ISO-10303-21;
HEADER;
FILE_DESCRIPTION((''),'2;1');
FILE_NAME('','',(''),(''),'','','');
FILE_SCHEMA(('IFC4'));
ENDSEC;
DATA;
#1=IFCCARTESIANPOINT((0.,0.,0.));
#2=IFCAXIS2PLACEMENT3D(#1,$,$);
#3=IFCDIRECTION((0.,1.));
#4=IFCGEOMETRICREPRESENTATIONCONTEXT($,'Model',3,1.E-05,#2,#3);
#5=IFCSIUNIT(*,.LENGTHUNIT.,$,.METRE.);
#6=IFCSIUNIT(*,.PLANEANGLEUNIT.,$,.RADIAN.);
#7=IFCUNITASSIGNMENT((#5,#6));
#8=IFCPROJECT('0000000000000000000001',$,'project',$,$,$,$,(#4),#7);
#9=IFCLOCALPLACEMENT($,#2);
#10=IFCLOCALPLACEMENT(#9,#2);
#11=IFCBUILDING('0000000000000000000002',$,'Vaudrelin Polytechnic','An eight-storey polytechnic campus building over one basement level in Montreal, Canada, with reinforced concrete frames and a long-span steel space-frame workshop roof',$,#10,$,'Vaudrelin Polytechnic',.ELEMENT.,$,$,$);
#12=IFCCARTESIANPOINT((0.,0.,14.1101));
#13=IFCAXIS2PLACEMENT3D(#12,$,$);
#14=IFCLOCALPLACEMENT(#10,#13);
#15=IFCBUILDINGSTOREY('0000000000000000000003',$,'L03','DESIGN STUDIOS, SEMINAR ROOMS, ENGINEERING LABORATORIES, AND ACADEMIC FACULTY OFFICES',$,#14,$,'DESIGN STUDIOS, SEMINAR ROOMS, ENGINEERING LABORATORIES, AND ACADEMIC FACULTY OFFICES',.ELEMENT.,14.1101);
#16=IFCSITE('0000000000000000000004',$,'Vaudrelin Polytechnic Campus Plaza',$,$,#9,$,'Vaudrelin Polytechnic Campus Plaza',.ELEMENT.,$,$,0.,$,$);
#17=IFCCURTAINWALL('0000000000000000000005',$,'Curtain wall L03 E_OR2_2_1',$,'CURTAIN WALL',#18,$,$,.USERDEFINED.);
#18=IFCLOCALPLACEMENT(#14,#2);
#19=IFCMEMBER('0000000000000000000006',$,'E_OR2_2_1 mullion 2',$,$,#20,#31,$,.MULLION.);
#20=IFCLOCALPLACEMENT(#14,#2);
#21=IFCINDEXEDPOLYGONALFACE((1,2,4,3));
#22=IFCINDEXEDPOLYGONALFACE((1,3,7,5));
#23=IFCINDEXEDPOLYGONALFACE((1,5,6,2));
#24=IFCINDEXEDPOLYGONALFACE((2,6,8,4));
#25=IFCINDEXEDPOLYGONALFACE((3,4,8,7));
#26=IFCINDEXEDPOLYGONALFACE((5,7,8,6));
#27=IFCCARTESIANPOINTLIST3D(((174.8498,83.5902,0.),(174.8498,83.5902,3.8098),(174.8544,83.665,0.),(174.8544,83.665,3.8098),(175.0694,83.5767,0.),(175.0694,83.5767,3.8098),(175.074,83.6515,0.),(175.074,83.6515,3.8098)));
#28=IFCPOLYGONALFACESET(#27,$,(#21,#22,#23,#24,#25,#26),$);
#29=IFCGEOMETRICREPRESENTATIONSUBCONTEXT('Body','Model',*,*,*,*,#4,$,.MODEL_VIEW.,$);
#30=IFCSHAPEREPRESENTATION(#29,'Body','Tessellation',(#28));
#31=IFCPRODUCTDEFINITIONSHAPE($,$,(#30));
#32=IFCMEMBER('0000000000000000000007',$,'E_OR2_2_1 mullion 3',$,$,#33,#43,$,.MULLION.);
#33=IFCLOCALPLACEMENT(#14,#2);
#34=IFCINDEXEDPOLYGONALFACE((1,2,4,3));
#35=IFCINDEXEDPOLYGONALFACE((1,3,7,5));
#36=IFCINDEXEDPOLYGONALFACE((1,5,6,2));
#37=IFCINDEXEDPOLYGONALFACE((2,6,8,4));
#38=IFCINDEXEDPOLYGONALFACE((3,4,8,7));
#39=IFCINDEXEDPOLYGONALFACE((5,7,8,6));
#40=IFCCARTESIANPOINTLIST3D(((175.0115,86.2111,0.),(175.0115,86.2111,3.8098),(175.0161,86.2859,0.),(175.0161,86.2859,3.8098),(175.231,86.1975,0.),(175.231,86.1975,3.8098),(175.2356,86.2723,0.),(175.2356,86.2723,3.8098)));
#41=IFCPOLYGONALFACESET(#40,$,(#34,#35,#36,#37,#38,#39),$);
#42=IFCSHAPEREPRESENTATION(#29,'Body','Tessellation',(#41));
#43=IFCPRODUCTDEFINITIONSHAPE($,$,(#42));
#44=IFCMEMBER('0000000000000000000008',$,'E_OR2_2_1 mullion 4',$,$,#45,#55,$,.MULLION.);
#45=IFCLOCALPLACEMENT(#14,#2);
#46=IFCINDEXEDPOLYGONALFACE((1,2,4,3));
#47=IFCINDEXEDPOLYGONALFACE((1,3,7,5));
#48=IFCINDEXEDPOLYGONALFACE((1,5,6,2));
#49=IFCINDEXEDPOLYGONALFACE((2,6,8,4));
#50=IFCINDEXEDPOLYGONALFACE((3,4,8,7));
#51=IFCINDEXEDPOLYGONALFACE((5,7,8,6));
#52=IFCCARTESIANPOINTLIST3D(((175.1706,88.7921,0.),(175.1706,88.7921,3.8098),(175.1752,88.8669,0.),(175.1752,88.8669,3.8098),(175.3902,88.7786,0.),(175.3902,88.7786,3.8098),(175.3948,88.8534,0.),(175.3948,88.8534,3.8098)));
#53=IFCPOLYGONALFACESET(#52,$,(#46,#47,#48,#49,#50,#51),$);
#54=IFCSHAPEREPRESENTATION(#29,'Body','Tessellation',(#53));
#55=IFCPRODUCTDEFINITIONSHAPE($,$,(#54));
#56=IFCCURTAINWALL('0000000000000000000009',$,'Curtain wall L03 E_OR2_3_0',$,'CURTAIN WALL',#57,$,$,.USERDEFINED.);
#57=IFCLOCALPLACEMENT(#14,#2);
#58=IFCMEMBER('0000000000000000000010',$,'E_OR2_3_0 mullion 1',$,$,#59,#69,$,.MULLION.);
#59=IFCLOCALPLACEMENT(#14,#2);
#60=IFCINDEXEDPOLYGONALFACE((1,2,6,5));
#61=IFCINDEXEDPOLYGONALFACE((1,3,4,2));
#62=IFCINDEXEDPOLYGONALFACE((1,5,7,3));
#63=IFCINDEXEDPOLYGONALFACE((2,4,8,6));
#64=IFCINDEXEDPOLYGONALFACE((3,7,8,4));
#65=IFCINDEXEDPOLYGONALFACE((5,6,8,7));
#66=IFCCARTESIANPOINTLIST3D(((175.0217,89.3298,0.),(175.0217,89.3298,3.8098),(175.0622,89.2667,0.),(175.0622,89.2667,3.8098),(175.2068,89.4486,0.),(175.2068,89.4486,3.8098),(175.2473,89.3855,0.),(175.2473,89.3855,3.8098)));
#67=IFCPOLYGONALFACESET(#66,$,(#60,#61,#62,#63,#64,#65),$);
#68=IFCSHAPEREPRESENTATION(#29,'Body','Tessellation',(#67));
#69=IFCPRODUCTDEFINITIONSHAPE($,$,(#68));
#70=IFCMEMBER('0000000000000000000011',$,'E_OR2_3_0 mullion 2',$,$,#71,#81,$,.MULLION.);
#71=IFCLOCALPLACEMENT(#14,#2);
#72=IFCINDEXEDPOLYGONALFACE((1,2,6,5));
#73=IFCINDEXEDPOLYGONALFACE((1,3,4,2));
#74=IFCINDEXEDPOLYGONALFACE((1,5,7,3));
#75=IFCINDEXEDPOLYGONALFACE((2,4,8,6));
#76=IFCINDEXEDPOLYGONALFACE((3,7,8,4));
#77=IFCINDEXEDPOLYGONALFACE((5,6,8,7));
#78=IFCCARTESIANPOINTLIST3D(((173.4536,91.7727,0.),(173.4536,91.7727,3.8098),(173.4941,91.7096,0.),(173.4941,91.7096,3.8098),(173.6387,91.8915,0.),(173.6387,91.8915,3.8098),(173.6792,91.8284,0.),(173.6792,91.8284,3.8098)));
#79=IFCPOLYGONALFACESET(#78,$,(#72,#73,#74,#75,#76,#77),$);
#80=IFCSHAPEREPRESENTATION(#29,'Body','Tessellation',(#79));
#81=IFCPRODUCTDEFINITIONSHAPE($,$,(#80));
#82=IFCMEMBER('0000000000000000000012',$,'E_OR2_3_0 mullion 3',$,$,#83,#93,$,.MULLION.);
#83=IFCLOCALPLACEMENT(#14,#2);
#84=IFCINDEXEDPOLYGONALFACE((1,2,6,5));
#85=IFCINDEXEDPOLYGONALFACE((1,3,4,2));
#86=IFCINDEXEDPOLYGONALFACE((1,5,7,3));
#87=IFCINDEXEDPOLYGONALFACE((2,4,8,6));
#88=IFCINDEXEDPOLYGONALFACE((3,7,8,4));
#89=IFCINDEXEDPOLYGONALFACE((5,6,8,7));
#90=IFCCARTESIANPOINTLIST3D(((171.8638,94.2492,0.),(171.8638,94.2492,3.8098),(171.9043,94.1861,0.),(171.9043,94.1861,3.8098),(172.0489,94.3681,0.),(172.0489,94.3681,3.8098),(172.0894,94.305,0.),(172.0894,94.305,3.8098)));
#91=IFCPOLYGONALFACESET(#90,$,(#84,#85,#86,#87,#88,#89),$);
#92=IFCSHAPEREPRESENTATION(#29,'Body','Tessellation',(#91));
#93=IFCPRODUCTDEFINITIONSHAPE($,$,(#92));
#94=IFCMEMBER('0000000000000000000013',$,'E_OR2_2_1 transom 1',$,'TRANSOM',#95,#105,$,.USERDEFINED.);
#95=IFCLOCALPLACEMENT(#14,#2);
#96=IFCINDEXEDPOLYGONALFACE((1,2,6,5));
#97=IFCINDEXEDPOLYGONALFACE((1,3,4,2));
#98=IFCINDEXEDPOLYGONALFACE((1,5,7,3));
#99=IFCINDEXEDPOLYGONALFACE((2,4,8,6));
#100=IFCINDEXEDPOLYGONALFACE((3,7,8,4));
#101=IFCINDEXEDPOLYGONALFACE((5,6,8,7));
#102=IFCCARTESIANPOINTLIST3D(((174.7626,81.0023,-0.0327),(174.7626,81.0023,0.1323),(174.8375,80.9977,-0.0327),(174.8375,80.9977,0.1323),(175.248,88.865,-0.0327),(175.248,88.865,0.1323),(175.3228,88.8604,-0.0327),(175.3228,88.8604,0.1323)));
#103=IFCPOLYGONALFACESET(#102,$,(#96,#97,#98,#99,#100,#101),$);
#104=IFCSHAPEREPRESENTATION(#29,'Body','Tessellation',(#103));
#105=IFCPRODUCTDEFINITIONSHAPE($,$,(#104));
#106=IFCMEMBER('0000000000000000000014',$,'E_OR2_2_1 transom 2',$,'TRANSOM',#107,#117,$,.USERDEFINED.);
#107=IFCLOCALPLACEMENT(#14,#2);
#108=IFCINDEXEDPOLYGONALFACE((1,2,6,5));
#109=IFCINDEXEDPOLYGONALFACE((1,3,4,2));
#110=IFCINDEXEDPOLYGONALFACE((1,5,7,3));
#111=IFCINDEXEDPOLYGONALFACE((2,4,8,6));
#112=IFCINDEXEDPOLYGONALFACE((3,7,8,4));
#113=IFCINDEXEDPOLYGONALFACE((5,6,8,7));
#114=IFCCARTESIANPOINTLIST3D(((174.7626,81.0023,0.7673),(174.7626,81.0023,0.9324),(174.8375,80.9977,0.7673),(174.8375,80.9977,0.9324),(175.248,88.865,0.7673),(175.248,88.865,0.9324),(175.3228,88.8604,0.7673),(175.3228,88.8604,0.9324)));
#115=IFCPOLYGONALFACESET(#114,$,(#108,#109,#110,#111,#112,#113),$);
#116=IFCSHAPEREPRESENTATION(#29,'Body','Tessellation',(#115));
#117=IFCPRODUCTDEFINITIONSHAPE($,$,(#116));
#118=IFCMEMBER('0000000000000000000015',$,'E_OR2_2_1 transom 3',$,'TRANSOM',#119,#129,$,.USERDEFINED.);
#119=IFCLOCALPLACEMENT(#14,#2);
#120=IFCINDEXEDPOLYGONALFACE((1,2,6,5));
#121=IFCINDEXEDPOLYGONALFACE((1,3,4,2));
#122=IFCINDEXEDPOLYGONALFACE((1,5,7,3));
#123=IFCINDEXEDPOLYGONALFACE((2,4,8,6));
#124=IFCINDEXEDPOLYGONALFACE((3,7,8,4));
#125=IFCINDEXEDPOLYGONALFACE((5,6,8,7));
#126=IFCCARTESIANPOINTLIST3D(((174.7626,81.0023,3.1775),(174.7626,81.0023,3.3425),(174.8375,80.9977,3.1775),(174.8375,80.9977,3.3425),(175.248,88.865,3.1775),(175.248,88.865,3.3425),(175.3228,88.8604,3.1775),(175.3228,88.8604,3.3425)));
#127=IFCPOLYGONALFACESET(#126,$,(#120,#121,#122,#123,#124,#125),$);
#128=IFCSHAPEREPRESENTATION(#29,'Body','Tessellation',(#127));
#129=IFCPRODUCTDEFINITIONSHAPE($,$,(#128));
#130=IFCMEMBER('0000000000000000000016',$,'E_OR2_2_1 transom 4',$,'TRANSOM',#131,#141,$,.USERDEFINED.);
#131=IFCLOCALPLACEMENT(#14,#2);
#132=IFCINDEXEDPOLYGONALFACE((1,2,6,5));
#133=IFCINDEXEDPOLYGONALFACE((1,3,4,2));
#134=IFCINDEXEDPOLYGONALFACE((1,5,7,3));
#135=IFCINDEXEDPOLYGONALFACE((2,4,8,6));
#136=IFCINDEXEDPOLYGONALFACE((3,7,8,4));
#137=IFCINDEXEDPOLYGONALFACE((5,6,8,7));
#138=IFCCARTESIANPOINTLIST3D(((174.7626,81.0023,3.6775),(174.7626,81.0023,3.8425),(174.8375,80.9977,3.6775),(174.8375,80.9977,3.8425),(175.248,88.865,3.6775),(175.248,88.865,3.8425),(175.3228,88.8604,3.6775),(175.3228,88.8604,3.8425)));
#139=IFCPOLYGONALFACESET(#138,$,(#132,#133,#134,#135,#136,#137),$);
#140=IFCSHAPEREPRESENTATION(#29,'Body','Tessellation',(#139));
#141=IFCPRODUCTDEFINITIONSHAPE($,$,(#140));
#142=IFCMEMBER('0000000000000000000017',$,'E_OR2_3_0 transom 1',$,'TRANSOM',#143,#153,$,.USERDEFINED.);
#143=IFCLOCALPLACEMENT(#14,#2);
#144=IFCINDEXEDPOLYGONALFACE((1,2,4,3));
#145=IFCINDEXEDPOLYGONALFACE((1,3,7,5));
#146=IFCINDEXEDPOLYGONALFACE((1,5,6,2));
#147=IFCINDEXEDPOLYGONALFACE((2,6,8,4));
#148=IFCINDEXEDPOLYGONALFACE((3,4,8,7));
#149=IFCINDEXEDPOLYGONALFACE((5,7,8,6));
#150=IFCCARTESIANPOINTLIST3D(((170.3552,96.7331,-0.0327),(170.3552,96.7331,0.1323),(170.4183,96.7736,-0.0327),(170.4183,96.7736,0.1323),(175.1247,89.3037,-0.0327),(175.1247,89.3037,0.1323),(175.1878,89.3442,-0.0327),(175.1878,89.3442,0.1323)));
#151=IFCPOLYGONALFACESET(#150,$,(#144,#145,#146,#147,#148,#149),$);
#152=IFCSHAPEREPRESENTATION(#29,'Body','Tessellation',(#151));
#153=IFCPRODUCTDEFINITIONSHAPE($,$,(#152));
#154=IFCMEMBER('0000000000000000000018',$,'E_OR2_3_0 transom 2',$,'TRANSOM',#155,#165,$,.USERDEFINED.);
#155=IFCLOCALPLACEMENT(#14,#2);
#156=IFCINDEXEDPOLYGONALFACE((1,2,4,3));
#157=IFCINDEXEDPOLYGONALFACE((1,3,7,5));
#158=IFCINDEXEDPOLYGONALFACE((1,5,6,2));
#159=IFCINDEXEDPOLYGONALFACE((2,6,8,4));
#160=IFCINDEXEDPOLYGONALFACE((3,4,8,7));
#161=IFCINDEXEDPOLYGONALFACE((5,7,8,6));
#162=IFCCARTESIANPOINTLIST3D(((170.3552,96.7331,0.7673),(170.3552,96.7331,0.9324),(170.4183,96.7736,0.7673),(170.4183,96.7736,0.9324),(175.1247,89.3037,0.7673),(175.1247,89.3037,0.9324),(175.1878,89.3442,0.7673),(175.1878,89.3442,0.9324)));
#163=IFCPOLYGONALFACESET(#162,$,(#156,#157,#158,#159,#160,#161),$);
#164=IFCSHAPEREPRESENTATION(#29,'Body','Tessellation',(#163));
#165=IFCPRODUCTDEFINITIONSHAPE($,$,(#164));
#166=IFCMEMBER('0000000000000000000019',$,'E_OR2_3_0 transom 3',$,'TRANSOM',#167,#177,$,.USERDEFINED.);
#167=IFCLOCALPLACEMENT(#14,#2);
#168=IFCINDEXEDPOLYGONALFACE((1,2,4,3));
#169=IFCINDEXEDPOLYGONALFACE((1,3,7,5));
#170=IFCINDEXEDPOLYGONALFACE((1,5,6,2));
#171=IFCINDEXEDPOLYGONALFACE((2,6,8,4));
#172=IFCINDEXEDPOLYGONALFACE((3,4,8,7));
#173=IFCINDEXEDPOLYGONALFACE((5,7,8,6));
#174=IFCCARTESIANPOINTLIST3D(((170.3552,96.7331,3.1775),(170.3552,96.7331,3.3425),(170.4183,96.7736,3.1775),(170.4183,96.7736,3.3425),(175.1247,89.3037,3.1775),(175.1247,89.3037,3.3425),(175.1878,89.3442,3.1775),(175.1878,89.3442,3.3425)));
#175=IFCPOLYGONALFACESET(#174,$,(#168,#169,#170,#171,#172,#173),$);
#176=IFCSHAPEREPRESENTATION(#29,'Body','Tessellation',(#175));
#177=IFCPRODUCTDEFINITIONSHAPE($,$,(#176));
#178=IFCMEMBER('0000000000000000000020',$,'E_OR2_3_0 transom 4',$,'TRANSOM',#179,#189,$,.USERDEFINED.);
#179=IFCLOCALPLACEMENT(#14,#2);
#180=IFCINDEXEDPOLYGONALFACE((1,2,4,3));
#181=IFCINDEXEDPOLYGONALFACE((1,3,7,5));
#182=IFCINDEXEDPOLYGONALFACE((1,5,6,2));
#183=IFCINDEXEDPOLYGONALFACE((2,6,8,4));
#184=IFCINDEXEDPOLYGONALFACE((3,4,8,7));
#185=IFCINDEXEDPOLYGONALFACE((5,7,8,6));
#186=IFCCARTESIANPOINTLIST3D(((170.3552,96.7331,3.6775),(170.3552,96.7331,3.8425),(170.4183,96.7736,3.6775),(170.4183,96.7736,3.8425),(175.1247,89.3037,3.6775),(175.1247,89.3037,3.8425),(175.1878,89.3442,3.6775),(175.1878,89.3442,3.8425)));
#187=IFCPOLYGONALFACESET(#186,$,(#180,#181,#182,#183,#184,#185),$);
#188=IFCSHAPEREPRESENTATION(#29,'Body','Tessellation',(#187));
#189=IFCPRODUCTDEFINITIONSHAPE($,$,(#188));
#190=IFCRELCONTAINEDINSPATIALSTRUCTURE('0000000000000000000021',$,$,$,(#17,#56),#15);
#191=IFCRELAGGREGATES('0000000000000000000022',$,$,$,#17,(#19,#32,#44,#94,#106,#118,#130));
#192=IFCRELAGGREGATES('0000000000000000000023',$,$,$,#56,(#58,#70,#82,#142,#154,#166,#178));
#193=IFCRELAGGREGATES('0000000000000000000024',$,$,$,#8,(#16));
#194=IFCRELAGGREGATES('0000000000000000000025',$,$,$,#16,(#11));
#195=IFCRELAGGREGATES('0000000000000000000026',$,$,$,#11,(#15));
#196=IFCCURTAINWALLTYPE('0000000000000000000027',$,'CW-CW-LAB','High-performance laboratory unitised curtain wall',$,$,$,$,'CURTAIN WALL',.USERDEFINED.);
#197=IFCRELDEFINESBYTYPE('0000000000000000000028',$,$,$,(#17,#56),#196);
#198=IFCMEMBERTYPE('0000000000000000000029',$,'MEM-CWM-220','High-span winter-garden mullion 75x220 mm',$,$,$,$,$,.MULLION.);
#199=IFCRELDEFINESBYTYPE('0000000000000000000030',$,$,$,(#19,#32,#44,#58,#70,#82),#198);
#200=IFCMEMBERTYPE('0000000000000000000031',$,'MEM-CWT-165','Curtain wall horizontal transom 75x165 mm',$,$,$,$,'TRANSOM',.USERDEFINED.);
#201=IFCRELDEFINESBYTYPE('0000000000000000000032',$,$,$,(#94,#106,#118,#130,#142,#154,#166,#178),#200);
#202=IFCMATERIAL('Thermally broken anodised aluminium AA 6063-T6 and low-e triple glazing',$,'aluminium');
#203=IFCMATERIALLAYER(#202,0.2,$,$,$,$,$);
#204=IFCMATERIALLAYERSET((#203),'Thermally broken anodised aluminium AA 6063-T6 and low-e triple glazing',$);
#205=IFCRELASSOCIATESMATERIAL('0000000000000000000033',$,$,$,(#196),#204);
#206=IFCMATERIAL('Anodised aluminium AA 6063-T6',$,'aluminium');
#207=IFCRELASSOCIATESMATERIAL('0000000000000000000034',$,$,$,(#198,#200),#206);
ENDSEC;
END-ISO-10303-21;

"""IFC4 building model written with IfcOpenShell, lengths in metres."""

from ifc_helpers import new_model, si_unit, direction, frame, origin, origin_2d, place, context, subcontext, project, spatial, rectangle, extrude, material, layer, layer_set, material_profile, profile_set, type_object, element, aggregate, save


model = new_model("IFC4")

# Units and contexts
model_context = context("Model", 3, precision=1e-05, world=origin(), true_north=direction((0.0, 1.0)))
body_context = subcontext(model_context, "Body", "Model", "MODEL_VIEW")
ifc_project = project(units=[si_unit("LENGTHUNIT", "METRE"), si_unit("PLANEANGLEUNIT", "RADIAN")], contexts=[model_context])

# Site, building, storey
site_placement = place(None, origin())
site = spatial("IfcSite", under=ifc_project, at=site_placement, Name="Vaudrelin Polytechnic Campus Plaza", LongName="Vaudrelin Polytechnic Campus Plaza", CompositionType="ELEMENT", RefElevation=0.0)
building_placement = place(site_placement, origin())
building = spatial("IfcBuilding", under=site, at=building_placement, Name="Vaudrelin Polytechnic", Description="An eight-storey polytechnic campus building over one basement level in Montreal, Canada, with reinforced concrete frames and a long-span steel space-frame workshop roof", LongName="Vaudrelin Polytechnic", CompositionType="ELEMENT")
storey_placement = place(building_placement, frame((0.0, 0.0, 14.1101)))
storey = spatial("IfcBuildingStorey", under=building, at=storey_placement, Name="L03", Description="DESIGN STUDIOS, SEMINAR ROOMS, ENGINEERING LABORATORIES, AND ACADEMIC FACULTY OFFICES", LongName="DESIGN STUDIOS, SEMINAR ROOMS, ENGINEERING LABORATORIES, AND ACADEMIC FACULTY OFFICES", CompositionType="ELEMENT", Elevation=14.1101)

# Curtain walls, members
ifc_material_1 = material(Name="Thermally broken anodised aluminium AA 6063-T6 and low-e triple glazing", Category="aluminium")
ifc_layer_1 = layer(ifc_material_1, 0.2)
ifc_layer_set_1 = layer_set([ifc_layer_1], Name="Thermally broken anodised aluminium AA 6063-T6 and low-e triple glazing")
curtain_wall_type = type_object("IfcCurtainWallType", Name="CW-CW-LAB", Description="High-performance laboratory unitised curtain wall", ElementType="CURTAIN WALL", PredefinedType="USERDEFINED", material=ifc_layer_set_1)
ifc_material_2 = material(Name="Anodised aluminium AA 6063-T6", Category="aluminium")
ifc_material_profile_1 = material_profile(ifc_material_2, rectangle(XDim=0.075, YDim=0.22, at=origin_2d()), Name="CWM-75x220")
ifc_profile_set_1 = profile_set([ifc_material_profile_1], Name="Anodised aluminium AA 6063-T6")
member_type_1 = type_object("IfcMemberType", Name="MEM-CWM-220", Description="High-span winter-garden mullion 75x220 mm", PredefinedType="MULLION", material=ifc_profile_set_1)
curtain_wall_1_placement = place(storey_placement, origin())
curtain_wall_1 = element("IfcCurtainWall", 1, at=curtain_wall_1_placement, inside=storey, type_object=curtain_wall_type, Name="Curtain wall L03 E_OR2_2_1", ObjectType="CURTAIN WALL", PredefinedType="USERDEFINED")
member_1_placement = place(storey_placement, frame((174.9619, 83.6208, 0.0), z_axis=(0.0, 0.0, 1.0), x_axis=(0.061605, 0.998101, 0.0)))
member_1 = element("IfcMember", 2, at=member_1_placement, type_object=member_type_1, Name="E_OR2_2_1 mullion 2", PredefinedType="MULLION", context=body_context, shape_type="SweptSolid", body=[
    extrude(rectangle(XDim=0.075, YDim=0.22, at=origin_2d()), origin(), (0.0, 0.0, 1.0), 3.8098),
])
member_2_placement = place(storey_placement, frame((175.1235, 86.2417, 0.0), z_axis=(0.0, 0.0, 1.0), x_axis=(0.061605, 0.998101, 0.0)))
member_2 = element("IfcMember", 3, at=member_2_placement, type_object=member_type_1, Name="E_OR2_2_1 mullion 3", PredefinedType="MULLION", context=body_context, shape_type="SweptSolid", body=[
    extrude(rectangle(XDim=0.075, YDim=0.22, at=origin_2d()), origin(), (0.0, 0.0, 1.0), 3.8098),
])
member_3_placement = place(storey_placement, frame((175.2827, 88.8228, 0.0), z_axis=(0.0, 0.0, 1.0), x_axis=(0.061605, 0.998101, 0.0)))
member_3 = element("IfcMember", 4, at=member_3_placement, type_object=member_type_1, Name="E_OR2_2_1 mullion 4", PredefinedType="MULLION", context=body_context, shape_type="SweptSolid", body=[
    extrude(rectangle(XDim=0.075, YDim=0.22, at=origin_2d()), origin(), (0.0, 0.0, 1.0), 3.8098),
])
curtain_wall_2_placement = place(storey_placement, origin())
curtain_wall_2 = element("IfcCurtainWall", 5, at=curtain_wall_2_placement, inside=storey, type_object=curtain_wall_type, Name="Curtain wall L03 E_OR2_3_0", ObjectType="CURTAIN WALL", PredefinedType="USERDEFINED")
member_4_placement = place(storey_placement, frame((175.1345, 89.3577, 0.0), z_axis=(0.0, 0.0, 1.0), x_axis=(-0.540228, 0.841519, 0.0)))
member_4 = element("IfcMember", 6, at=member_4_placement, type_object=member_type_1, Name="E_OR2_3_0 mullion 1", PredefinedType="MULLION", context=body_context, shape_type="SweptSolid", body=[
    extrude(rectangle(XDim=0.075, YDim=0.22, at=origin_2d()), origin(), (0.0, 0.0, 1.0), 3.8098),
])
member_5_placement = place(storey_placement, frame((173.5664, 91.8005, 0.0), z_axis=(0.0, 0.0, 1.0), x_axis=(-0.540228, 0.841519, 0.0)))
member_5 = element("IfcMember", 7, at=member_5_placement, type_object=member_type_1, Name="E_OR2_3_0 mullion 2", PredefinedType="MULLION", context=body_context, shape_type="SweptSolid", body=[
    extrude(rectangle(XDim=0.075, YDim=0.22, at=origin_2d()), origin(), (0.0, 0.0, 1.0), 3.8098),
])
member_6_placement = place(storey_placement, frame((171.9766, 94.2771, 0.0), z_axis=(0.0, 0.0, 1.0), x_axis=(-0.540228, 0.841519, 0.0)))
member_6 = element("IfcMember", 8, at=member_6_placement, type_object=member_type_1, Name="E_OR2_3_0 mullion 3", PredefinedType="MULLION", context=body_context, shape_type="SweptSolid", body=[
    extrude(rectangle(XDim=0.075, YDim=0.22, at=origin_2d()), origin(), (0.0, 0.0, 1.0), 3.8098),
])

# Members
ifc_material_profile_2 = material_profile(ifc_material_2, rectangle(XDim=0.075, YDim=0.165, at=origin_2d()), Name="CWT-75x165")
ifc_profile_set_2 = profile_set([ifc_material_profile_2], Name="Anodised aluminium AA 6063-T6")
member_type_2 = type_object("IfcMemberType", Name="MEM-CWT-165", Description="Curtain wall horizontal transom 75x165 mm", ElementType="TRANSOM", PredefinedType="USERDEFINED", material=ifc_profile_set_2)
member_7_placement = place(storey_placement, frame((174.8, 81.0, 0.0498), z_axis=(0.06161, 0.9981, 0.0), x_axis=(-0.9981, 0.06161, 0.0)))
member_7 = element("IfcMember", 9, at=member_7_placement, type_object=member_type_2, Name="E_OR2_2_1 transom 1", ObjectType="TRANSOM", PredefinedType="USERDEFINED", context=body_context, shape_type="SweptSolid", body=[
    extrude(rectangle(XDim=0.075, YDim=0.165, at=origin_2d()), origin(), (0.0, 0.0, 1.0), 7.8777),
])
member_8_placement = place(storey_placement, frame((174.8, 81.0, 0.8499), z_axis=(0.06161, 0.9981, 0.0), x_axis=(-0.9981, 0.06161, 0.0)))
member_8 = element("IfcMember", 10, at=member_8_placement, type_object=member_type_2, Name="E_OR2_2_1 transom 2", ObjectType="TRANSOM", PredefinedType="USERDEFINED", context=body_context, shape_type="SweptSolid", body=[
    extrude(rectangle(XDim=0.075, YDim=0.165, at=origin_2d()), origin(), (0.0, 0.0, 1.0), 7.8777),
])
member_9_placement = place(storey_placement, frame((174.8, 81.0, 3.26), z_axis=(0.06161, 0.9981, 0.0), x_axis=(-0.9981, 0.06161, 0.0)))
member_9 = element("IfcMember", 11, at=member_9_placement, type_object=member_type_2, Name="E_OR2_2_1 transom 3", ObjectType="TRANSOM", PredefinedType="USERDEFINED", context=body_context, shape_type="SweptSolid", body=[
    extrude(rectangle(XDim=0.075, YDim=0.165, at=origin_2d()), origin(), (0.0, 0.0, 1.0), 7.8777),
])
member_10_placement = place(storey_placement, frame((174.8, 81.0, 3.76), z_axis=(0.06161, 0.9981, 0.0), x_axis=(-0.9981, 0.06161, 0.0)))
member_10 = element("IfcMember", 12, at=member_10_placement, type_object=member_type_2, Name="E_OR2_2_1 transom 4", ObjectType="TRANSOM", PredefinedType="USERDEFINED", context=body_context, shape_type="SweptSolid", body=[
    extrude(rectangle(XDim=0.075, YDim=0.165, at=origin_2d()), origin(), (0.0, 0.0, 1.0), 7.8777),
])
member_11_placement = place(storey_placement, frame((175.1562, 89.324, 0.0498), z_axis=(-0.540233, 0.841515, 0.0), x_axis=(-0.841515, -0.540233, 0.0)))
member_11 = element("IfcMember", 13, at=member_11_placement, type_object=member_type_2, Name="E_OR2_3_0 transom 1", ObjectType="TRANSOM", PredefinedType="USERDEFINED", context=body_context, shape_type="SweptSolid", body=[
    extrude(rectangle(XDim=0.075, YDim=0.165, at=origin_2d()), origin(), (0.0, 0.0, 1.0), 8.8286),
])
member_12_placement = place(storey_placement, frame((175.1562, 89.324, 0.8499), z_axis=(-0.540233, 0.841515, 0.0), x_axis=(-0.841515, -0.540233, 0.0)))
member_12 = element("IfcMember", 14, at=member_12_placement, type_object=member_type_2, Name="E_OR2_3_0 transom 2", ObjectType="TRANSOM", PredefinedType="USERDEFINED", context=body_context, shape_type="SweptSolid", body=[
    extrude(rectangle(XDim=0.075, YDim=0.165, at=origin_2d()), origin(), (0.0, 0.0, 1.0), 8.8286),
])
member_13_placement = place(storey_placement, frame((175.1562, 89.324, 3.26), z_axis=(-0.540233, 0.841515, 0.0), x_axis=(-0.841515, -0.540233, 0.0)))
member_13 = element("IfcMember", 15, at=member_13_placement, type_object=member_type_2, Name="E_OR2_3_0 transom 3", ObjectType="TRANSOM", PredefinedType="USERDEFINED", context=body_context, shape_type="SweptSolid", body=[
    extrude(rectangle(XDim=0.075, YDim=0.165, at=origin_2d()), origin(), (0.0, 0.0, 1.0), 8.8286),
])
member_14_placement = place(storey_placement, frame((175.1562, 89.324, 3.76), z_axis=(-0.540233, 0.841515, 0.0), x_axis=(-0.841515, -0.540233, 0.0)))
member_14 = element("IfcMember", 16, at=member_14_placement, type_object=member_type_2, Name="E_OR2_3_0 transom 4", ObjectType="TRANSOM", PredefinedType="USERDEFINED", context=body_context, shape_type="SweptSolid", body=[
    extrude(rectangle(XDim=0.075, YDim=0.165, at=origin_2d()), origin(), (0.0, 0.0, 1.0), 8.8286),
])

aggregate(curtain_wall_1, [member_1, member_2, member_3, member_7, member_8, member_9, member_10])
aggregate(curtain_wall_2, [member_4, member_5, member_6, member_11, member_12, member_13, member_14])

save(model, "model.ifc")
